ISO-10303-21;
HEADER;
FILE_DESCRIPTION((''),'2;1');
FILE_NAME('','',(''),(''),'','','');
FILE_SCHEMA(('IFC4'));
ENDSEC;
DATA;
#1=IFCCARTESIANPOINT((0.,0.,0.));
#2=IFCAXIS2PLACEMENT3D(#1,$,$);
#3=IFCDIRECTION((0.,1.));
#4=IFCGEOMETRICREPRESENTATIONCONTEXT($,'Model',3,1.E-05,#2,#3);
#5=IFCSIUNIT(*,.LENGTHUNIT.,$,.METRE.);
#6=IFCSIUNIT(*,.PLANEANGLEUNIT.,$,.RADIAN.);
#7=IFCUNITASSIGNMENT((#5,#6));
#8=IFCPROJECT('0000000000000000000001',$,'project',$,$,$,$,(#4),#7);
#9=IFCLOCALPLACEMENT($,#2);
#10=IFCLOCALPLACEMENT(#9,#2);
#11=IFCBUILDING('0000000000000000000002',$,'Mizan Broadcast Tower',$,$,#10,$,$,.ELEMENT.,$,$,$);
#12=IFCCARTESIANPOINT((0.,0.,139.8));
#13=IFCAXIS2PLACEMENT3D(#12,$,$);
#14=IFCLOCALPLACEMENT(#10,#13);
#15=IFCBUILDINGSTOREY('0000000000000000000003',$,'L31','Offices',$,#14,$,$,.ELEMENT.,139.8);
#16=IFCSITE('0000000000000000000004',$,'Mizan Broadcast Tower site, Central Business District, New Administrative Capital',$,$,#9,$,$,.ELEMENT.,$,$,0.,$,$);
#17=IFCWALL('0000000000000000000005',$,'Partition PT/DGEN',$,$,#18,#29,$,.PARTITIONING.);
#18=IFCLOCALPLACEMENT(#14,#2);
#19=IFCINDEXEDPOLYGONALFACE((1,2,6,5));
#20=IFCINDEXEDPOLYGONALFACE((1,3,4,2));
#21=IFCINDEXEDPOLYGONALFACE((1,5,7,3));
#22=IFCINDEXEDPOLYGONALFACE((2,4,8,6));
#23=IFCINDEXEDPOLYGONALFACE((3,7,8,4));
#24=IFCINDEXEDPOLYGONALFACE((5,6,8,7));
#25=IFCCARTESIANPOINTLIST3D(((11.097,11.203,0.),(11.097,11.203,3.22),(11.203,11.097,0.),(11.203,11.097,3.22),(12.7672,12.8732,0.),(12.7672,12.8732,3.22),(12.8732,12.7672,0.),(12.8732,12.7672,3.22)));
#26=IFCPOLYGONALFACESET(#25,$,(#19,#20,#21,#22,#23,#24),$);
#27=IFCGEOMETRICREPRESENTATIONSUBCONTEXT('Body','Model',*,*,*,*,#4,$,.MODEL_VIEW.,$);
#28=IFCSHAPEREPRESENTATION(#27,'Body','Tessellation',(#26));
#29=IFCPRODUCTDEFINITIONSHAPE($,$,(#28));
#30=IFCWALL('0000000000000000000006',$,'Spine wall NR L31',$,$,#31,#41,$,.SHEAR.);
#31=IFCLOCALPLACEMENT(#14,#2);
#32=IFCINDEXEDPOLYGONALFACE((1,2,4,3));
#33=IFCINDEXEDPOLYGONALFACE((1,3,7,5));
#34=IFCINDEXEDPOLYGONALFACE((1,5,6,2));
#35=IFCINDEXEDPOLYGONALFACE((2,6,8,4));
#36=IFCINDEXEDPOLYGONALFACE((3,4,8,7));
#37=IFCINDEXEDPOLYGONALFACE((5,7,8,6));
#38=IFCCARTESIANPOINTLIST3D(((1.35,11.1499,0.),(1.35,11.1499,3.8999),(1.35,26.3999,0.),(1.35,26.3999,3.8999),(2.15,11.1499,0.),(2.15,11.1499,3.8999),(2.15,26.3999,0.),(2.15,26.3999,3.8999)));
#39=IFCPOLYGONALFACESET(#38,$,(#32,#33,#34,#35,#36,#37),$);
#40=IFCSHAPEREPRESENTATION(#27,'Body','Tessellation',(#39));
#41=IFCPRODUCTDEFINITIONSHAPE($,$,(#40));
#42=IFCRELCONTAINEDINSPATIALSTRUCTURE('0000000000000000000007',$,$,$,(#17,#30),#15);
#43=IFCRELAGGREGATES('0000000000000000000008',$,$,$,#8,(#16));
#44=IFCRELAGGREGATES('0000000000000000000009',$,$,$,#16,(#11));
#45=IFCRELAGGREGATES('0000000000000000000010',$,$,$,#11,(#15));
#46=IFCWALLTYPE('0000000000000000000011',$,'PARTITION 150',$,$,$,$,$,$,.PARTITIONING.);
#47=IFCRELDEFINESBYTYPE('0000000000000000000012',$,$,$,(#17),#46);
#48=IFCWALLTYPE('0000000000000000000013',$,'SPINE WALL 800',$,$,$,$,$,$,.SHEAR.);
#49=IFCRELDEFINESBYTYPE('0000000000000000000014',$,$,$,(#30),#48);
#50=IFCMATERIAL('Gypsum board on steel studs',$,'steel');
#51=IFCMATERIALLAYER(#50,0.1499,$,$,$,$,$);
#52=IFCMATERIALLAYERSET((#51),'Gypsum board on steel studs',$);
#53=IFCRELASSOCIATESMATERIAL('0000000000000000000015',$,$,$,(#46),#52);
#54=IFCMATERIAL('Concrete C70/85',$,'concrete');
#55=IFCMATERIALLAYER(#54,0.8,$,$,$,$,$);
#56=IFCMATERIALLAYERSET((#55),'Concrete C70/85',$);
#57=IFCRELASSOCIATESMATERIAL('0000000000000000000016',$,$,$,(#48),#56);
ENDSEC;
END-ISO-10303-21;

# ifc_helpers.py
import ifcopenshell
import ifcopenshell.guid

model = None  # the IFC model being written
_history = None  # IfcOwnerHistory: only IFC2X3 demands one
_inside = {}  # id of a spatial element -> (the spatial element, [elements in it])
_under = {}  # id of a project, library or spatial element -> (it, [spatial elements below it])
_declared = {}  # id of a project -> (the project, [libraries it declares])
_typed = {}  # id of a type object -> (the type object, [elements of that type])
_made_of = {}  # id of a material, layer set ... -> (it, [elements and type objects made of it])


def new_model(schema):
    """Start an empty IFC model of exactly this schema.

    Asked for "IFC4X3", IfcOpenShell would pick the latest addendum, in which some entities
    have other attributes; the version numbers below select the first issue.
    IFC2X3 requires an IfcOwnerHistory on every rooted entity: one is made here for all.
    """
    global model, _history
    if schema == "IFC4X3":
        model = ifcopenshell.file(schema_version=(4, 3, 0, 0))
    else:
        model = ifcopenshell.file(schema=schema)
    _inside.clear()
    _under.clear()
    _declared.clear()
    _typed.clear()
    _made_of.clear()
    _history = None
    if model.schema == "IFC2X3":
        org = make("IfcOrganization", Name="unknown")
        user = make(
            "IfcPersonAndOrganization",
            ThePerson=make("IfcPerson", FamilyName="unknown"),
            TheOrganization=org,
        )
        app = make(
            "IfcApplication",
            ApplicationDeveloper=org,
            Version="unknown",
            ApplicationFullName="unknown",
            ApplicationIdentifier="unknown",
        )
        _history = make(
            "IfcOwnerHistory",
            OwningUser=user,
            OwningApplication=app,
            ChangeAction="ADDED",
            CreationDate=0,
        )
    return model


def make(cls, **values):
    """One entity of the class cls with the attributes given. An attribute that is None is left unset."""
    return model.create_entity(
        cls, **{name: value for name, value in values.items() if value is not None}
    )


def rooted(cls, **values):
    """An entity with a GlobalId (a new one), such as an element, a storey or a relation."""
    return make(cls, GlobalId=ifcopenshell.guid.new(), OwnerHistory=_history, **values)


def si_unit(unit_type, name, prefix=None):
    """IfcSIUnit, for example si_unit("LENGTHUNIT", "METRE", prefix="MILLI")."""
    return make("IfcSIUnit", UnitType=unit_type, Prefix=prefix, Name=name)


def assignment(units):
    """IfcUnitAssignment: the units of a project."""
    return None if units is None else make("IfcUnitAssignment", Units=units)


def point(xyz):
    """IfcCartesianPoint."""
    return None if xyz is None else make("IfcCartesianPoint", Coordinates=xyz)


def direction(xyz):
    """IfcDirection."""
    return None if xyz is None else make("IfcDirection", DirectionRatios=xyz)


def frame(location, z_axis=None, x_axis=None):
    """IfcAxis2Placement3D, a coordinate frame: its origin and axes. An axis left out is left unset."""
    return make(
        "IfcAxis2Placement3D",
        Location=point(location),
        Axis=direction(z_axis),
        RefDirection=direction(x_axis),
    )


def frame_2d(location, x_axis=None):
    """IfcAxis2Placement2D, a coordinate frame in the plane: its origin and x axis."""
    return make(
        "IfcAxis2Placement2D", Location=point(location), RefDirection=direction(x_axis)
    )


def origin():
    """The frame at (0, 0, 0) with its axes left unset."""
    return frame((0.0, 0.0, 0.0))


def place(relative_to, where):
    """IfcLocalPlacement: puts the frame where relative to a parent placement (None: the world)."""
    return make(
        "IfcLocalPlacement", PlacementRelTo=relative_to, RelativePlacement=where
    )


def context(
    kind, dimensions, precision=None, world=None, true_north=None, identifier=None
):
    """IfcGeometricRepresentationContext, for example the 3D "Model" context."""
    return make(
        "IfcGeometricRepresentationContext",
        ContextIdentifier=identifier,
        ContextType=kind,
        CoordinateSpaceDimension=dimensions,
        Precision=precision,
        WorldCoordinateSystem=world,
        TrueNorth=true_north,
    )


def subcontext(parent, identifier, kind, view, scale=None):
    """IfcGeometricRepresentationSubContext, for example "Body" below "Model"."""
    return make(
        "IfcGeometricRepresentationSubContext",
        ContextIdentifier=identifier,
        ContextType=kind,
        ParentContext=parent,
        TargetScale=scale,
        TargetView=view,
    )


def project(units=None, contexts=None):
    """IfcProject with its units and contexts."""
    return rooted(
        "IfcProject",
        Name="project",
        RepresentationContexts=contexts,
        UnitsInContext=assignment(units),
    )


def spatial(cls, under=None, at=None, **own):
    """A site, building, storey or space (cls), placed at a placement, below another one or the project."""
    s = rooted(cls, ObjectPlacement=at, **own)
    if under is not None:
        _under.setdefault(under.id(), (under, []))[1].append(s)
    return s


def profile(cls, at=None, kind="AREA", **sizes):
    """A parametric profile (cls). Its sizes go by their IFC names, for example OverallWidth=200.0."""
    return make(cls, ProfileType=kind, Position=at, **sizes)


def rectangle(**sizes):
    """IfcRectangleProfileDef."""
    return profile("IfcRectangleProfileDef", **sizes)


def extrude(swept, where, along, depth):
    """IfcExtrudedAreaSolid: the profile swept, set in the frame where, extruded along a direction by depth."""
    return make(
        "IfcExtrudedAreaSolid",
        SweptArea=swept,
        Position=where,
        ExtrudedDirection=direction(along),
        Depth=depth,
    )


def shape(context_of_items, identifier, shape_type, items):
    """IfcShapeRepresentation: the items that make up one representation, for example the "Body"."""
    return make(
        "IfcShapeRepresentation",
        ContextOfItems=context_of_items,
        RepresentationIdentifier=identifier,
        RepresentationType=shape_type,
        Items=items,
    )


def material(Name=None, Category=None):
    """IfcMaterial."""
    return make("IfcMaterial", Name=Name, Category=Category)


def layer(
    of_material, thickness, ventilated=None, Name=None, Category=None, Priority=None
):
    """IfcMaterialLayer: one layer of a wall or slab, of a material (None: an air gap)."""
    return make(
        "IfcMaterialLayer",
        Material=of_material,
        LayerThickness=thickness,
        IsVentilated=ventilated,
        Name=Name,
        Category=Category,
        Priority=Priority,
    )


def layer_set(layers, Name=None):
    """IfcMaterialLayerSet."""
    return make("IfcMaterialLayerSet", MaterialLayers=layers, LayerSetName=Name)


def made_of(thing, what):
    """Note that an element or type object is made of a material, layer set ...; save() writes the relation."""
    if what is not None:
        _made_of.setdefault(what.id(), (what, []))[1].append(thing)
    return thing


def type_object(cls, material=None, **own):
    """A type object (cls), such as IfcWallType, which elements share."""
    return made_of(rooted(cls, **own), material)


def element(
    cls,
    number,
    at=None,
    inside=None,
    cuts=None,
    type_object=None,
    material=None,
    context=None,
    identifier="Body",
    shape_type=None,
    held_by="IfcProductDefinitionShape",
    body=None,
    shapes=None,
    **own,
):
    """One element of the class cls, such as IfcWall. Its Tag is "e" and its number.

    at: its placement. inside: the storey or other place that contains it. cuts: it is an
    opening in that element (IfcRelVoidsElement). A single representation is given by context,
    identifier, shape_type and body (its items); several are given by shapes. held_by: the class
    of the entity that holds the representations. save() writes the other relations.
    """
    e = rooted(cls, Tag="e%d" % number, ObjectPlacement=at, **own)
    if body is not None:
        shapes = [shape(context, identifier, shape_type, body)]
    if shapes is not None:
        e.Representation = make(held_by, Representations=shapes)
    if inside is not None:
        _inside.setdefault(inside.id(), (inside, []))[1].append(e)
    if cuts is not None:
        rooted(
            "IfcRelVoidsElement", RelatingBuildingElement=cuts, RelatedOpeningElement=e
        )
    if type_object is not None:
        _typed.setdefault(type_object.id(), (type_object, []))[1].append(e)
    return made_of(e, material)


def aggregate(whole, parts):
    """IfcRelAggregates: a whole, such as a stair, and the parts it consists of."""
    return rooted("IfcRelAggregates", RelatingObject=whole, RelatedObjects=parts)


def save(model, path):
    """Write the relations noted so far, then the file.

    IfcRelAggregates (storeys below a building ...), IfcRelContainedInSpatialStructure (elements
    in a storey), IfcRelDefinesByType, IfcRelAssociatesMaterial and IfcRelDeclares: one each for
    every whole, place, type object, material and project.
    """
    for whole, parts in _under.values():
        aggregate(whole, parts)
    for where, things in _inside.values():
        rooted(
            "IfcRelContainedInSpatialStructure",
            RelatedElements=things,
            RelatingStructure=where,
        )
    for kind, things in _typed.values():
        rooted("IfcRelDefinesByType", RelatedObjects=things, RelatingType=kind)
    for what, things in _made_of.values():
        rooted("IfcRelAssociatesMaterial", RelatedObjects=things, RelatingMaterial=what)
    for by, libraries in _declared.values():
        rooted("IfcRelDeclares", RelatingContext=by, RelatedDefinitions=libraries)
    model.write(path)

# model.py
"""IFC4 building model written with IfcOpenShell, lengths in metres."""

from ifc_helpers import new_model, si_unit, direction, frame, frame_2d, origin, place, context, subcontext, project, spatial, rectangle, extrude, material, layer, layer_set, type_object, element, save


model = new_model("IFC4")

# Units and contexts
model_context = context("Model", 3, precision=1e-05, world=origin(), true_north=direction((0.0, 1.0)))
body_context = subcontext(model_context, "Body", "Model", "MODEL_VIEW")
ifc_project = project(units=[si_unit("LENGTHUNIT", "METRE"), si_unit("PLANEANGLEUNIT", "RADIAN")], contexts=[model_context])

# Site, building, storey
site_placement = place(None, origin())
site = spatial("IfcSite", under=ifc_project, at=site_placement, Name="Mizan Broadcast Tower site, Central Business District, New Administrative Capital", CompositionType="ELEMENT", RefElevation=0.0)
building_placement = place(site_placement, origin())
building = spatial("IfcBuilding", under=site, at=building_placement, Name="Mizan Broadcast Tower", CompositionType="ELEMENT")
storey_placement = place(building_placement, frame((0.0, 0.0, 139.8)))
storey = spatial("IfcBuildingStorey", under=building, at=storey_placement, Name="L31", Description="Offices", CompositionType="ELEMENT", Elevation=139.8)

# Walls
ifc_material_1 = material(Name="Gypsum board on steel studs", Category="steel")
ifc_layer_1 = layer(ifc_material_1, 0.1499)
ifc_layer_set_1 = layer_set([ifc_layer_1], Name="Gypsum board on steel studs")
wall_type_1 = type_object("IfcWallType", Name="PARTITION 150", PredefinedType="PARTITIONING", material=ifc_layer_set_1)
wall_1_placement = place(storey_placement, frame((11.1499, 11.1499, 0.0), z_axis=(0.0, 0.0, 1.0), x_axis=(0.707107, 0.707107, 0.0)))
element("IfcWall", 1, at=wall_1_placement, inside=storey, type_object=wall_type_1, Name="Partition PT/DGEN", PredefinedType="PARTITIONING", context=body_context, shape_type="SweptSolid", body=[
    extrude(rectangle(XDim=2.3621, YDim=0.1499, at=frame_2d((1.1812, 0.0))), origin(), (0.0, 0.0, 1.0), 3.22),
])
ifc_material_2 = material(Name="Concrete C70/85", Category="concrete")
ifc_layer_2 = layer(ifc_material_2, 0.8)
ifc_layer_set_2 = layer_set([ifc_layer_2], Name="Concrete C70/85")
wall_type_2 = type_object("IfcWallType", Name="SPINE WALL 800", PredefinedType="SHEAR", material=ifc_layer_set_2)
wall_2_placement = place(storey_placement, frame((1.75, 11.1499, 0.0), z_axis=(0.0, 0.0, 1.0), x_axis=(0.0, 1.0, 0.0)))
element("IfcWall", 2, at=wall_2_placement, inside=storey, type_object=wall_type_2, Name="Spine wall NR L31", PredefinedType="SHEAR", context=body_context, shape_type="SweptSolid", body=[
    extrude(rectangle(XDim=15.25, YDim=0.8, at=frame_2d((7.625, 0.0))), origin(), (0.0, 0.0, 1.0), 3.8999),
])

save(model, "model.ifc")
